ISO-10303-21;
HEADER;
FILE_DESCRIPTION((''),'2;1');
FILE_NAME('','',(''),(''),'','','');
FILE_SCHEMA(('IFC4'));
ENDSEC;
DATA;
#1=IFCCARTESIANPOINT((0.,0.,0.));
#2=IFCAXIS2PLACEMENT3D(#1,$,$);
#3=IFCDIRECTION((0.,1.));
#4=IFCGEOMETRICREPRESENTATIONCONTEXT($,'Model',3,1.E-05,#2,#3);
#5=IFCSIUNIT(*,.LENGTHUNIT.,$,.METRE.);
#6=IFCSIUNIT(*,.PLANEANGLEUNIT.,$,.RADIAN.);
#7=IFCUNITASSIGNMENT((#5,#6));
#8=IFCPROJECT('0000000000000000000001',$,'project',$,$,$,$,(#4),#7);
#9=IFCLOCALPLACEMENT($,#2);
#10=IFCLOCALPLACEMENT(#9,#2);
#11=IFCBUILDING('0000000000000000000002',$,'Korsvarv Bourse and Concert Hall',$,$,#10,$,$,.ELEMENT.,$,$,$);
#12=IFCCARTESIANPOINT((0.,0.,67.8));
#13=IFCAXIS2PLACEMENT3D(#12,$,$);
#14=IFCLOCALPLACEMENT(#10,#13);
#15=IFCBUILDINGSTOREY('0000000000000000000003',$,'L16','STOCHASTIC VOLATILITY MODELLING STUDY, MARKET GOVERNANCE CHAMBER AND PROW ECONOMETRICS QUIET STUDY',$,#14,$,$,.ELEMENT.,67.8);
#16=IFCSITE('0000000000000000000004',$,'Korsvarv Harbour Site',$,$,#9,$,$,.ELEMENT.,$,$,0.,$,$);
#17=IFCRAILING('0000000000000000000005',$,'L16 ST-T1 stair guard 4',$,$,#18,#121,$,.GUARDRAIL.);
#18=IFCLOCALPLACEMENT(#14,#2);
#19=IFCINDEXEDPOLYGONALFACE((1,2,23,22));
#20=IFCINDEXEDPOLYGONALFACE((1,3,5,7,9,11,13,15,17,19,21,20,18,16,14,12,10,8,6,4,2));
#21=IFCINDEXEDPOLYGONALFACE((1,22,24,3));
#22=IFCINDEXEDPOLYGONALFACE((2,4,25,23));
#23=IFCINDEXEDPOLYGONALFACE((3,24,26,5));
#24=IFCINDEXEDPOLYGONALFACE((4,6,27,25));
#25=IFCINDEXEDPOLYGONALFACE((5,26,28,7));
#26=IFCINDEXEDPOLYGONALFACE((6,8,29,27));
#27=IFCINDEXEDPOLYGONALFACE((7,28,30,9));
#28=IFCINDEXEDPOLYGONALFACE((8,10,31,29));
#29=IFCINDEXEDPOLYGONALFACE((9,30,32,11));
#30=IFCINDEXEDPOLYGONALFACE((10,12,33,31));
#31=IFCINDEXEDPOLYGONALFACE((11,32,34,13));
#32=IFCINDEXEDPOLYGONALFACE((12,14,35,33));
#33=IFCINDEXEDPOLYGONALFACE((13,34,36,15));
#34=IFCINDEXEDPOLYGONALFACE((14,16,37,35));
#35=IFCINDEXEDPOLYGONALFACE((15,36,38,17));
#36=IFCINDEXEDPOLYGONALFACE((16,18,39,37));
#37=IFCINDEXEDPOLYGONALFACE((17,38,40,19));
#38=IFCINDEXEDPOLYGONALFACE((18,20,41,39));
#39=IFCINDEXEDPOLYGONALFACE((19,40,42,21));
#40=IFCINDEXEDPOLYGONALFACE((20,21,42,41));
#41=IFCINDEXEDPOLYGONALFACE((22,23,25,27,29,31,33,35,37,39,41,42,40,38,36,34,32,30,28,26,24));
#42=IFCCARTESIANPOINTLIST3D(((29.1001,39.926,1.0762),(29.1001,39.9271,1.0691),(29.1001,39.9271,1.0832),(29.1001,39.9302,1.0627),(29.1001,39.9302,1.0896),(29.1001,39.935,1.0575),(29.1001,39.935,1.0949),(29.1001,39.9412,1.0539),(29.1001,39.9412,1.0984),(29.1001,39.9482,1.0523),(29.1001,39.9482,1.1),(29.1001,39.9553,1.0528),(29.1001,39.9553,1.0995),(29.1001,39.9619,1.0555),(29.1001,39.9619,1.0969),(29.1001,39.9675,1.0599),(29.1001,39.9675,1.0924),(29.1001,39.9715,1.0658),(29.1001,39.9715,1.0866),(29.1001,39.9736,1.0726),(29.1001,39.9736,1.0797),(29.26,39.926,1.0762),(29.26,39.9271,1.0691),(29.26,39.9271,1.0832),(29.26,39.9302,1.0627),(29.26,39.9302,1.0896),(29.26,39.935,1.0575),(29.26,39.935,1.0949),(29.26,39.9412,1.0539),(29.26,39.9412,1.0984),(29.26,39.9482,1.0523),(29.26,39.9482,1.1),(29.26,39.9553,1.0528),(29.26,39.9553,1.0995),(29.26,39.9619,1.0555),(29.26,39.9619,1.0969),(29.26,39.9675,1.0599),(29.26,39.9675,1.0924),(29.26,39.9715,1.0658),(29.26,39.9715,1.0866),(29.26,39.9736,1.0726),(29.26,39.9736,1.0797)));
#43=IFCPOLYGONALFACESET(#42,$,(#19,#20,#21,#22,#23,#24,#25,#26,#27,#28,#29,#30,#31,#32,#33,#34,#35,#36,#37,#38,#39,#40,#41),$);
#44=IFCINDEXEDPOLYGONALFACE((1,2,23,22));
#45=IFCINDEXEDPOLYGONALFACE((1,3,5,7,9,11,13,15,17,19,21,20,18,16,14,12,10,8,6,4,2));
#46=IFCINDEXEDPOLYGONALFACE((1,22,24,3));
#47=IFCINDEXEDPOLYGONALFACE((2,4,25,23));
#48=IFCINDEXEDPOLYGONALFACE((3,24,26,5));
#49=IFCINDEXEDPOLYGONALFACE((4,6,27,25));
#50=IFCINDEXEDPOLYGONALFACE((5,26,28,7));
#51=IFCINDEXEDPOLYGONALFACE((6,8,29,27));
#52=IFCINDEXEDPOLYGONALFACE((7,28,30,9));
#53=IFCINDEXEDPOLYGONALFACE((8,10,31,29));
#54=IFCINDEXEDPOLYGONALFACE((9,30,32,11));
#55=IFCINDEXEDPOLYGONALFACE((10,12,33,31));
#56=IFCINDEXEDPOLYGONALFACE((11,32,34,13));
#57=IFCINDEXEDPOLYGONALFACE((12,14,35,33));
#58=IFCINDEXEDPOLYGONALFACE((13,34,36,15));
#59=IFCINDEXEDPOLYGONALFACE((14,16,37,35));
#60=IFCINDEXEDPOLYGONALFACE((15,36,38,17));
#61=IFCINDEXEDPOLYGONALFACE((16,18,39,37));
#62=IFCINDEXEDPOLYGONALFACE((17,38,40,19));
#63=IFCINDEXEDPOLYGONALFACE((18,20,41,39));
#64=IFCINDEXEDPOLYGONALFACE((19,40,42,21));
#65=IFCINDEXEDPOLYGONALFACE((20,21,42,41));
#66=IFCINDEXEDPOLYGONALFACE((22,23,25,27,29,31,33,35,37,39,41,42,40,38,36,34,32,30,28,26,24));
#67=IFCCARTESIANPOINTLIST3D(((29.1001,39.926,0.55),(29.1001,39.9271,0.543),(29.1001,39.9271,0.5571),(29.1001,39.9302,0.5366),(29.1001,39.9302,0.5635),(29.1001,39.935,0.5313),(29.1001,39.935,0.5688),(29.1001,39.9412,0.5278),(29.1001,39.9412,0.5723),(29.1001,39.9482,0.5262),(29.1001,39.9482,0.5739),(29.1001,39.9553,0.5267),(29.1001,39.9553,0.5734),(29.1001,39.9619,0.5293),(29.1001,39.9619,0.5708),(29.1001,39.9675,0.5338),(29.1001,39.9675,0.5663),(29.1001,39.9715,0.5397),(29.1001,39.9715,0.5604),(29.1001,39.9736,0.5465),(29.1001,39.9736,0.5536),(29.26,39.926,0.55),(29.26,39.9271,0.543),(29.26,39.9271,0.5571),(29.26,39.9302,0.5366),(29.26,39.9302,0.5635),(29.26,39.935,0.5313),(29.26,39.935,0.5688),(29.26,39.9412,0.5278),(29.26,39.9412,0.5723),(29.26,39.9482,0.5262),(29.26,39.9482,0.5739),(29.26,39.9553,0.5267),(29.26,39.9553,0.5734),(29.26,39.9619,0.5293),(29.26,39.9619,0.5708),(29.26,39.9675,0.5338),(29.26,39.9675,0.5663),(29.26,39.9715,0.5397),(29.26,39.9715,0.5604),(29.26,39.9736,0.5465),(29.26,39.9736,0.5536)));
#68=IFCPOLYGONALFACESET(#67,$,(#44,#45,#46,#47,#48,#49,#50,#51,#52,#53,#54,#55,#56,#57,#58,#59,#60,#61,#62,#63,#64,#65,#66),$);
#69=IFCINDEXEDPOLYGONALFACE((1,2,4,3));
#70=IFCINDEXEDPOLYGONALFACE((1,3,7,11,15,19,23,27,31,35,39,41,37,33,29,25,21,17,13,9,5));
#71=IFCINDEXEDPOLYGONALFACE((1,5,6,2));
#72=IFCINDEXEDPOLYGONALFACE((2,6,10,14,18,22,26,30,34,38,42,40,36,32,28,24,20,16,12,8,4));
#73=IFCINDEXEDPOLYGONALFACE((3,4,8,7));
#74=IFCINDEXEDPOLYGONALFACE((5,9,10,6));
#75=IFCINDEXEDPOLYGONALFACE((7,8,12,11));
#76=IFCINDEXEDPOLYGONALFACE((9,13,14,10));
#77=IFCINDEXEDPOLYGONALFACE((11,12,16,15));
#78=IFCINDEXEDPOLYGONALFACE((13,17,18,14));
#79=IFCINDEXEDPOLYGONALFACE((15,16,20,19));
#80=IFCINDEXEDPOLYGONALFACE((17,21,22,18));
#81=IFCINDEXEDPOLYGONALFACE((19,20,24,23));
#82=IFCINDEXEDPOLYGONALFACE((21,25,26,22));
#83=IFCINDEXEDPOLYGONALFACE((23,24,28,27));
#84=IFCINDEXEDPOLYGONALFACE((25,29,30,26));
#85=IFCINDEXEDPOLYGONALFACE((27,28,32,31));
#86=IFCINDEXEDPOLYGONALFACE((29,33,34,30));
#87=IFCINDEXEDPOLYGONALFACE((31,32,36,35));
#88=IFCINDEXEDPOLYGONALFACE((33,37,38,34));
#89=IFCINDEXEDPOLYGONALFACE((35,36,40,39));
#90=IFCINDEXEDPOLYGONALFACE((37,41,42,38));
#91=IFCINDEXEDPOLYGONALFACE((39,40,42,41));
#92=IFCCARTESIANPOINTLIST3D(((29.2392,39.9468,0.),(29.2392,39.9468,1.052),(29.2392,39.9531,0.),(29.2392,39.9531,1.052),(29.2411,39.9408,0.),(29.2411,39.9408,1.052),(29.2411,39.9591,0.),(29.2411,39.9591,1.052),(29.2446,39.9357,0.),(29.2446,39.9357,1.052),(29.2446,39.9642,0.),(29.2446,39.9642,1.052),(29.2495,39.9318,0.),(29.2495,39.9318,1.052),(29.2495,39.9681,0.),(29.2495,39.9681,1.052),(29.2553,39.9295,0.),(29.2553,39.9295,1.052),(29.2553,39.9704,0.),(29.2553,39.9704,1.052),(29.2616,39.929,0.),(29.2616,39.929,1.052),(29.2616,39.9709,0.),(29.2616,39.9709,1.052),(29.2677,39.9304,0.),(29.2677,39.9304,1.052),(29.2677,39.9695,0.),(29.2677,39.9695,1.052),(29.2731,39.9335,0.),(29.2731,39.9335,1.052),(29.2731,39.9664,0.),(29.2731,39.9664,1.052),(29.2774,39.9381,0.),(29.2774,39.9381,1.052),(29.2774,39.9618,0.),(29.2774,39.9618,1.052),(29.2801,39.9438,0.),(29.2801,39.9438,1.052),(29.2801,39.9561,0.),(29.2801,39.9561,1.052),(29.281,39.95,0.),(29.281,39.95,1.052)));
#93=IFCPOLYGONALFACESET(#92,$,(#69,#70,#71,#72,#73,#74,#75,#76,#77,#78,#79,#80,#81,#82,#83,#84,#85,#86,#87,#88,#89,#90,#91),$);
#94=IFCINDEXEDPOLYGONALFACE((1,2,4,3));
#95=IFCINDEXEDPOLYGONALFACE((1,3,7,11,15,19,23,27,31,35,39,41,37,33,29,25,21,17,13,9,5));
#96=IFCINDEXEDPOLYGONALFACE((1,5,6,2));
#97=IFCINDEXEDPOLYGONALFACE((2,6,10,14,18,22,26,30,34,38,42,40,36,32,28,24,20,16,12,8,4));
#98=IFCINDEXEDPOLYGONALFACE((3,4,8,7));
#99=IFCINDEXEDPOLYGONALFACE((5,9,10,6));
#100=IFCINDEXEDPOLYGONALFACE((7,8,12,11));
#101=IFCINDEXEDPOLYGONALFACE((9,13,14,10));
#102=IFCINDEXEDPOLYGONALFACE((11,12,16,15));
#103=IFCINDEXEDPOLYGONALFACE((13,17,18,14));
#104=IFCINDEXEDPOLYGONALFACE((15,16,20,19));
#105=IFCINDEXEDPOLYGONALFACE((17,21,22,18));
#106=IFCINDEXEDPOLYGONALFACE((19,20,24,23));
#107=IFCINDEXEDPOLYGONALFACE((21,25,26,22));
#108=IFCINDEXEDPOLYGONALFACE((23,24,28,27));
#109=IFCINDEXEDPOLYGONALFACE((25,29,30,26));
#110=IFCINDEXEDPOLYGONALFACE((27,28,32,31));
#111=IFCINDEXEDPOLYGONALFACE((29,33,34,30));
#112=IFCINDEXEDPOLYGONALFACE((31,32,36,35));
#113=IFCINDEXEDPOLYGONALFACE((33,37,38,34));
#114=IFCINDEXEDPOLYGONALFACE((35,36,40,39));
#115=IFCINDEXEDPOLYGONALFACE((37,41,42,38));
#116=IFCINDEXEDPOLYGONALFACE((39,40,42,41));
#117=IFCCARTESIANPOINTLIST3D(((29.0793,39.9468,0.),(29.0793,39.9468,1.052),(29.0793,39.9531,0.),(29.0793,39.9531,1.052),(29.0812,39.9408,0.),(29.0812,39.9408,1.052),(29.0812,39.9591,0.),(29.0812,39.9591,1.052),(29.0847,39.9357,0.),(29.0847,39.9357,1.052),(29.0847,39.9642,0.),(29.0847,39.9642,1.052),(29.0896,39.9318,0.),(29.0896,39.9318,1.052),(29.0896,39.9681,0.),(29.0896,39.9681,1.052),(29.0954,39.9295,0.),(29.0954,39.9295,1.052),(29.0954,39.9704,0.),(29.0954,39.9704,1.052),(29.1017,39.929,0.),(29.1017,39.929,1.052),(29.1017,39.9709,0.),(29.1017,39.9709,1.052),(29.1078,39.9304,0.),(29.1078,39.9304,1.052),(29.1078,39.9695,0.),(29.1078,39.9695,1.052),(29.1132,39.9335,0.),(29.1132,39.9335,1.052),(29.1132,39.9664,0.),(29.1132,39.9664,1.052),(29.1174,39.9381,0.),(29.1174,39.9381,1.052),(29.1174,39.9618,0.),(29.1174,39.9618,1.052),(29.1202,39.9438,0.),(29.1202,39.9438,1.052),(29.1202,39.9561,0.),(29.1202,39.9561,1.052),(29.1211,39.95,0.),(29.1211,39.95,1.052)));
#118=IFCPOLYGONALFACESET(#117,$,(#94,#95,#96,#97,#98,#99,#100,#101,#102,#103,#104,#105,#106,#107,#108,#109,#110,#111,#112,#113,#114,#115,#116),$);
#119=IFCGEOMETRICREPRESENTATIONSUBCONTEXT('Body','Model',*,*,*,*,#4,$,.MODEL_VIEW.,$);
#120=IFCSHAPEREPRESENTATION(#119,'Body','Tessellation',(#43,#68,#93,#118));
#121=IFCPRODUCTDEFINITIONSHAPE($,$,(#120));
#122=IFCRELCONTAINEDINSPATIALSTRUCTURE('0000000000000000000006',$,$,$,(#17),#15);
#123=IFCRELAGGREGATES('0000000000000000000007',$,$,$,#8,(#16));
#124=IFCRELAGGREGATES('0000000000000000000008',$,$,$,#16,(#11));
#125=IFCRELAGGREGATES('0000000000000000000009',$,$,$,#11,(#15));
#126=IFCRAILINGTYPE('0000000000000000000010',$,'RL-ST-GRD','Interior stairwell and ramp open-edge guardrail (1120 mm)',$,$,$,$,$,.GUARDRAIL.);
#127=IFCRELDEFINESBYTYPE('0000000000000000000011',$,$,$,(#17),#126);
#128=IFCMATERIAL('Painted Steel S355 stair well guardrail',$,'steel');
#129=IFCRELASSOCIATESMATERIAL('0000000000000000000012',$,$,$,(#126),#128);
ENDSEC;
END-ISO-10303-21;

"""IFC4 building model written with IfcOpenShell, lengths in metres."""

from ifc_helpers import new_model, si_unit, direction, frame, origin, origin_2d, place, context, subcontext, project, spatial, circle, extrude, material, type_object, element, save


model = new_model("IFC4")

# Units and contexts
model_context = context("Model", 3, precision=1e-05, world=origin(), true_north=direction((0.0, 1.0)))
body_context = subcontext(model_context, "Body", "Model", "MODEL_VIEW")
ifc_project = project(units=[si_unit("LENGTHUNIT", "METRE"), si_unit("PLANEANGLEUNIT", "RADIAN")], contexts=[model_context])

# Site, building, storey
site_placement = place(None, origin())
site = spatial("IfcSite", under=ifc_project, at=site_placement, Name="Korsvarv Harbour Site", CompositionType="ELEMENT", RefElevation=0.0)
building_placement = place(site_placement, origin())
building = spatial("IfcBuilding", under=site, at=building_placement, Name="Korsvarv Bourse and Concert Hall", CompositionType="ELEMENT")
storey_placement = place(building_placement, frame((0.0, 0.0, 67.8)))
storey = spatial("IfcBuildingStorey", under=building, at=storey_placement, Name="L16", Description="STOCHASTIC VOLATILITY MODELLING STUDY, MARKET GOVERNANCE CHAMBER AND PROW ECONOMETRICS QUIET STUDY", CompositionType="ELEMENT", Elevation=67.8)

# Railing
ifc_material_1 = material(Name="Painted Steel S355 stair well guardrail", Category="steel")
railing_type_1 = type_object("IfcRailingType", Name="RL-ST-GRD", Description="Interior stairwell and ramp open-edge guardrail (1120 mm)", PredefinedType="GUARDRAIL", material=ifc_material_1)
railing_1_placement = place(storey_placement, frame((29.26, 39.95, 0.0)))
element("IfcRailing", 1, at=railing_1_placement, inside=storey, type_object=railing_type_1, Name="L16 ST-T1 stair guard 4", PredefinedType="GUARDRAIL", context=body_context, shape_type="SweptSolid", body=[
    extrude(circle(Radius=0.0239, at=origin_2d()), frame((0.0, 0.0, 1.0762), z_axis=(-1.0, 0.0, 0.0), x_axis=(0.0, -1.0, 0.0)), (0.0, 0.0, 1.0), 0.1599),
    extrude(circle(Radius=0.0239, at=origin_2d()), frame((0.0, 0.0, 0.55), z_axis=(-1.0, 0.0, 0.0), x_axis=(0.0, -1.0, 0.0)), (0.0, 0.0, 1.0), 0.1599),
    extrude(circle(Radius=0.021, at=origin_2d()), origin(), (0.0, 0.0, 1.0), 1.052),
    extrude(circle(Radius=0.021, at=origin_2d()), frame((-0.1599, 0.0, 0.0)), (0.0, 0.0, 1.0), 1.052),
])

save(model, "model.ifc")
